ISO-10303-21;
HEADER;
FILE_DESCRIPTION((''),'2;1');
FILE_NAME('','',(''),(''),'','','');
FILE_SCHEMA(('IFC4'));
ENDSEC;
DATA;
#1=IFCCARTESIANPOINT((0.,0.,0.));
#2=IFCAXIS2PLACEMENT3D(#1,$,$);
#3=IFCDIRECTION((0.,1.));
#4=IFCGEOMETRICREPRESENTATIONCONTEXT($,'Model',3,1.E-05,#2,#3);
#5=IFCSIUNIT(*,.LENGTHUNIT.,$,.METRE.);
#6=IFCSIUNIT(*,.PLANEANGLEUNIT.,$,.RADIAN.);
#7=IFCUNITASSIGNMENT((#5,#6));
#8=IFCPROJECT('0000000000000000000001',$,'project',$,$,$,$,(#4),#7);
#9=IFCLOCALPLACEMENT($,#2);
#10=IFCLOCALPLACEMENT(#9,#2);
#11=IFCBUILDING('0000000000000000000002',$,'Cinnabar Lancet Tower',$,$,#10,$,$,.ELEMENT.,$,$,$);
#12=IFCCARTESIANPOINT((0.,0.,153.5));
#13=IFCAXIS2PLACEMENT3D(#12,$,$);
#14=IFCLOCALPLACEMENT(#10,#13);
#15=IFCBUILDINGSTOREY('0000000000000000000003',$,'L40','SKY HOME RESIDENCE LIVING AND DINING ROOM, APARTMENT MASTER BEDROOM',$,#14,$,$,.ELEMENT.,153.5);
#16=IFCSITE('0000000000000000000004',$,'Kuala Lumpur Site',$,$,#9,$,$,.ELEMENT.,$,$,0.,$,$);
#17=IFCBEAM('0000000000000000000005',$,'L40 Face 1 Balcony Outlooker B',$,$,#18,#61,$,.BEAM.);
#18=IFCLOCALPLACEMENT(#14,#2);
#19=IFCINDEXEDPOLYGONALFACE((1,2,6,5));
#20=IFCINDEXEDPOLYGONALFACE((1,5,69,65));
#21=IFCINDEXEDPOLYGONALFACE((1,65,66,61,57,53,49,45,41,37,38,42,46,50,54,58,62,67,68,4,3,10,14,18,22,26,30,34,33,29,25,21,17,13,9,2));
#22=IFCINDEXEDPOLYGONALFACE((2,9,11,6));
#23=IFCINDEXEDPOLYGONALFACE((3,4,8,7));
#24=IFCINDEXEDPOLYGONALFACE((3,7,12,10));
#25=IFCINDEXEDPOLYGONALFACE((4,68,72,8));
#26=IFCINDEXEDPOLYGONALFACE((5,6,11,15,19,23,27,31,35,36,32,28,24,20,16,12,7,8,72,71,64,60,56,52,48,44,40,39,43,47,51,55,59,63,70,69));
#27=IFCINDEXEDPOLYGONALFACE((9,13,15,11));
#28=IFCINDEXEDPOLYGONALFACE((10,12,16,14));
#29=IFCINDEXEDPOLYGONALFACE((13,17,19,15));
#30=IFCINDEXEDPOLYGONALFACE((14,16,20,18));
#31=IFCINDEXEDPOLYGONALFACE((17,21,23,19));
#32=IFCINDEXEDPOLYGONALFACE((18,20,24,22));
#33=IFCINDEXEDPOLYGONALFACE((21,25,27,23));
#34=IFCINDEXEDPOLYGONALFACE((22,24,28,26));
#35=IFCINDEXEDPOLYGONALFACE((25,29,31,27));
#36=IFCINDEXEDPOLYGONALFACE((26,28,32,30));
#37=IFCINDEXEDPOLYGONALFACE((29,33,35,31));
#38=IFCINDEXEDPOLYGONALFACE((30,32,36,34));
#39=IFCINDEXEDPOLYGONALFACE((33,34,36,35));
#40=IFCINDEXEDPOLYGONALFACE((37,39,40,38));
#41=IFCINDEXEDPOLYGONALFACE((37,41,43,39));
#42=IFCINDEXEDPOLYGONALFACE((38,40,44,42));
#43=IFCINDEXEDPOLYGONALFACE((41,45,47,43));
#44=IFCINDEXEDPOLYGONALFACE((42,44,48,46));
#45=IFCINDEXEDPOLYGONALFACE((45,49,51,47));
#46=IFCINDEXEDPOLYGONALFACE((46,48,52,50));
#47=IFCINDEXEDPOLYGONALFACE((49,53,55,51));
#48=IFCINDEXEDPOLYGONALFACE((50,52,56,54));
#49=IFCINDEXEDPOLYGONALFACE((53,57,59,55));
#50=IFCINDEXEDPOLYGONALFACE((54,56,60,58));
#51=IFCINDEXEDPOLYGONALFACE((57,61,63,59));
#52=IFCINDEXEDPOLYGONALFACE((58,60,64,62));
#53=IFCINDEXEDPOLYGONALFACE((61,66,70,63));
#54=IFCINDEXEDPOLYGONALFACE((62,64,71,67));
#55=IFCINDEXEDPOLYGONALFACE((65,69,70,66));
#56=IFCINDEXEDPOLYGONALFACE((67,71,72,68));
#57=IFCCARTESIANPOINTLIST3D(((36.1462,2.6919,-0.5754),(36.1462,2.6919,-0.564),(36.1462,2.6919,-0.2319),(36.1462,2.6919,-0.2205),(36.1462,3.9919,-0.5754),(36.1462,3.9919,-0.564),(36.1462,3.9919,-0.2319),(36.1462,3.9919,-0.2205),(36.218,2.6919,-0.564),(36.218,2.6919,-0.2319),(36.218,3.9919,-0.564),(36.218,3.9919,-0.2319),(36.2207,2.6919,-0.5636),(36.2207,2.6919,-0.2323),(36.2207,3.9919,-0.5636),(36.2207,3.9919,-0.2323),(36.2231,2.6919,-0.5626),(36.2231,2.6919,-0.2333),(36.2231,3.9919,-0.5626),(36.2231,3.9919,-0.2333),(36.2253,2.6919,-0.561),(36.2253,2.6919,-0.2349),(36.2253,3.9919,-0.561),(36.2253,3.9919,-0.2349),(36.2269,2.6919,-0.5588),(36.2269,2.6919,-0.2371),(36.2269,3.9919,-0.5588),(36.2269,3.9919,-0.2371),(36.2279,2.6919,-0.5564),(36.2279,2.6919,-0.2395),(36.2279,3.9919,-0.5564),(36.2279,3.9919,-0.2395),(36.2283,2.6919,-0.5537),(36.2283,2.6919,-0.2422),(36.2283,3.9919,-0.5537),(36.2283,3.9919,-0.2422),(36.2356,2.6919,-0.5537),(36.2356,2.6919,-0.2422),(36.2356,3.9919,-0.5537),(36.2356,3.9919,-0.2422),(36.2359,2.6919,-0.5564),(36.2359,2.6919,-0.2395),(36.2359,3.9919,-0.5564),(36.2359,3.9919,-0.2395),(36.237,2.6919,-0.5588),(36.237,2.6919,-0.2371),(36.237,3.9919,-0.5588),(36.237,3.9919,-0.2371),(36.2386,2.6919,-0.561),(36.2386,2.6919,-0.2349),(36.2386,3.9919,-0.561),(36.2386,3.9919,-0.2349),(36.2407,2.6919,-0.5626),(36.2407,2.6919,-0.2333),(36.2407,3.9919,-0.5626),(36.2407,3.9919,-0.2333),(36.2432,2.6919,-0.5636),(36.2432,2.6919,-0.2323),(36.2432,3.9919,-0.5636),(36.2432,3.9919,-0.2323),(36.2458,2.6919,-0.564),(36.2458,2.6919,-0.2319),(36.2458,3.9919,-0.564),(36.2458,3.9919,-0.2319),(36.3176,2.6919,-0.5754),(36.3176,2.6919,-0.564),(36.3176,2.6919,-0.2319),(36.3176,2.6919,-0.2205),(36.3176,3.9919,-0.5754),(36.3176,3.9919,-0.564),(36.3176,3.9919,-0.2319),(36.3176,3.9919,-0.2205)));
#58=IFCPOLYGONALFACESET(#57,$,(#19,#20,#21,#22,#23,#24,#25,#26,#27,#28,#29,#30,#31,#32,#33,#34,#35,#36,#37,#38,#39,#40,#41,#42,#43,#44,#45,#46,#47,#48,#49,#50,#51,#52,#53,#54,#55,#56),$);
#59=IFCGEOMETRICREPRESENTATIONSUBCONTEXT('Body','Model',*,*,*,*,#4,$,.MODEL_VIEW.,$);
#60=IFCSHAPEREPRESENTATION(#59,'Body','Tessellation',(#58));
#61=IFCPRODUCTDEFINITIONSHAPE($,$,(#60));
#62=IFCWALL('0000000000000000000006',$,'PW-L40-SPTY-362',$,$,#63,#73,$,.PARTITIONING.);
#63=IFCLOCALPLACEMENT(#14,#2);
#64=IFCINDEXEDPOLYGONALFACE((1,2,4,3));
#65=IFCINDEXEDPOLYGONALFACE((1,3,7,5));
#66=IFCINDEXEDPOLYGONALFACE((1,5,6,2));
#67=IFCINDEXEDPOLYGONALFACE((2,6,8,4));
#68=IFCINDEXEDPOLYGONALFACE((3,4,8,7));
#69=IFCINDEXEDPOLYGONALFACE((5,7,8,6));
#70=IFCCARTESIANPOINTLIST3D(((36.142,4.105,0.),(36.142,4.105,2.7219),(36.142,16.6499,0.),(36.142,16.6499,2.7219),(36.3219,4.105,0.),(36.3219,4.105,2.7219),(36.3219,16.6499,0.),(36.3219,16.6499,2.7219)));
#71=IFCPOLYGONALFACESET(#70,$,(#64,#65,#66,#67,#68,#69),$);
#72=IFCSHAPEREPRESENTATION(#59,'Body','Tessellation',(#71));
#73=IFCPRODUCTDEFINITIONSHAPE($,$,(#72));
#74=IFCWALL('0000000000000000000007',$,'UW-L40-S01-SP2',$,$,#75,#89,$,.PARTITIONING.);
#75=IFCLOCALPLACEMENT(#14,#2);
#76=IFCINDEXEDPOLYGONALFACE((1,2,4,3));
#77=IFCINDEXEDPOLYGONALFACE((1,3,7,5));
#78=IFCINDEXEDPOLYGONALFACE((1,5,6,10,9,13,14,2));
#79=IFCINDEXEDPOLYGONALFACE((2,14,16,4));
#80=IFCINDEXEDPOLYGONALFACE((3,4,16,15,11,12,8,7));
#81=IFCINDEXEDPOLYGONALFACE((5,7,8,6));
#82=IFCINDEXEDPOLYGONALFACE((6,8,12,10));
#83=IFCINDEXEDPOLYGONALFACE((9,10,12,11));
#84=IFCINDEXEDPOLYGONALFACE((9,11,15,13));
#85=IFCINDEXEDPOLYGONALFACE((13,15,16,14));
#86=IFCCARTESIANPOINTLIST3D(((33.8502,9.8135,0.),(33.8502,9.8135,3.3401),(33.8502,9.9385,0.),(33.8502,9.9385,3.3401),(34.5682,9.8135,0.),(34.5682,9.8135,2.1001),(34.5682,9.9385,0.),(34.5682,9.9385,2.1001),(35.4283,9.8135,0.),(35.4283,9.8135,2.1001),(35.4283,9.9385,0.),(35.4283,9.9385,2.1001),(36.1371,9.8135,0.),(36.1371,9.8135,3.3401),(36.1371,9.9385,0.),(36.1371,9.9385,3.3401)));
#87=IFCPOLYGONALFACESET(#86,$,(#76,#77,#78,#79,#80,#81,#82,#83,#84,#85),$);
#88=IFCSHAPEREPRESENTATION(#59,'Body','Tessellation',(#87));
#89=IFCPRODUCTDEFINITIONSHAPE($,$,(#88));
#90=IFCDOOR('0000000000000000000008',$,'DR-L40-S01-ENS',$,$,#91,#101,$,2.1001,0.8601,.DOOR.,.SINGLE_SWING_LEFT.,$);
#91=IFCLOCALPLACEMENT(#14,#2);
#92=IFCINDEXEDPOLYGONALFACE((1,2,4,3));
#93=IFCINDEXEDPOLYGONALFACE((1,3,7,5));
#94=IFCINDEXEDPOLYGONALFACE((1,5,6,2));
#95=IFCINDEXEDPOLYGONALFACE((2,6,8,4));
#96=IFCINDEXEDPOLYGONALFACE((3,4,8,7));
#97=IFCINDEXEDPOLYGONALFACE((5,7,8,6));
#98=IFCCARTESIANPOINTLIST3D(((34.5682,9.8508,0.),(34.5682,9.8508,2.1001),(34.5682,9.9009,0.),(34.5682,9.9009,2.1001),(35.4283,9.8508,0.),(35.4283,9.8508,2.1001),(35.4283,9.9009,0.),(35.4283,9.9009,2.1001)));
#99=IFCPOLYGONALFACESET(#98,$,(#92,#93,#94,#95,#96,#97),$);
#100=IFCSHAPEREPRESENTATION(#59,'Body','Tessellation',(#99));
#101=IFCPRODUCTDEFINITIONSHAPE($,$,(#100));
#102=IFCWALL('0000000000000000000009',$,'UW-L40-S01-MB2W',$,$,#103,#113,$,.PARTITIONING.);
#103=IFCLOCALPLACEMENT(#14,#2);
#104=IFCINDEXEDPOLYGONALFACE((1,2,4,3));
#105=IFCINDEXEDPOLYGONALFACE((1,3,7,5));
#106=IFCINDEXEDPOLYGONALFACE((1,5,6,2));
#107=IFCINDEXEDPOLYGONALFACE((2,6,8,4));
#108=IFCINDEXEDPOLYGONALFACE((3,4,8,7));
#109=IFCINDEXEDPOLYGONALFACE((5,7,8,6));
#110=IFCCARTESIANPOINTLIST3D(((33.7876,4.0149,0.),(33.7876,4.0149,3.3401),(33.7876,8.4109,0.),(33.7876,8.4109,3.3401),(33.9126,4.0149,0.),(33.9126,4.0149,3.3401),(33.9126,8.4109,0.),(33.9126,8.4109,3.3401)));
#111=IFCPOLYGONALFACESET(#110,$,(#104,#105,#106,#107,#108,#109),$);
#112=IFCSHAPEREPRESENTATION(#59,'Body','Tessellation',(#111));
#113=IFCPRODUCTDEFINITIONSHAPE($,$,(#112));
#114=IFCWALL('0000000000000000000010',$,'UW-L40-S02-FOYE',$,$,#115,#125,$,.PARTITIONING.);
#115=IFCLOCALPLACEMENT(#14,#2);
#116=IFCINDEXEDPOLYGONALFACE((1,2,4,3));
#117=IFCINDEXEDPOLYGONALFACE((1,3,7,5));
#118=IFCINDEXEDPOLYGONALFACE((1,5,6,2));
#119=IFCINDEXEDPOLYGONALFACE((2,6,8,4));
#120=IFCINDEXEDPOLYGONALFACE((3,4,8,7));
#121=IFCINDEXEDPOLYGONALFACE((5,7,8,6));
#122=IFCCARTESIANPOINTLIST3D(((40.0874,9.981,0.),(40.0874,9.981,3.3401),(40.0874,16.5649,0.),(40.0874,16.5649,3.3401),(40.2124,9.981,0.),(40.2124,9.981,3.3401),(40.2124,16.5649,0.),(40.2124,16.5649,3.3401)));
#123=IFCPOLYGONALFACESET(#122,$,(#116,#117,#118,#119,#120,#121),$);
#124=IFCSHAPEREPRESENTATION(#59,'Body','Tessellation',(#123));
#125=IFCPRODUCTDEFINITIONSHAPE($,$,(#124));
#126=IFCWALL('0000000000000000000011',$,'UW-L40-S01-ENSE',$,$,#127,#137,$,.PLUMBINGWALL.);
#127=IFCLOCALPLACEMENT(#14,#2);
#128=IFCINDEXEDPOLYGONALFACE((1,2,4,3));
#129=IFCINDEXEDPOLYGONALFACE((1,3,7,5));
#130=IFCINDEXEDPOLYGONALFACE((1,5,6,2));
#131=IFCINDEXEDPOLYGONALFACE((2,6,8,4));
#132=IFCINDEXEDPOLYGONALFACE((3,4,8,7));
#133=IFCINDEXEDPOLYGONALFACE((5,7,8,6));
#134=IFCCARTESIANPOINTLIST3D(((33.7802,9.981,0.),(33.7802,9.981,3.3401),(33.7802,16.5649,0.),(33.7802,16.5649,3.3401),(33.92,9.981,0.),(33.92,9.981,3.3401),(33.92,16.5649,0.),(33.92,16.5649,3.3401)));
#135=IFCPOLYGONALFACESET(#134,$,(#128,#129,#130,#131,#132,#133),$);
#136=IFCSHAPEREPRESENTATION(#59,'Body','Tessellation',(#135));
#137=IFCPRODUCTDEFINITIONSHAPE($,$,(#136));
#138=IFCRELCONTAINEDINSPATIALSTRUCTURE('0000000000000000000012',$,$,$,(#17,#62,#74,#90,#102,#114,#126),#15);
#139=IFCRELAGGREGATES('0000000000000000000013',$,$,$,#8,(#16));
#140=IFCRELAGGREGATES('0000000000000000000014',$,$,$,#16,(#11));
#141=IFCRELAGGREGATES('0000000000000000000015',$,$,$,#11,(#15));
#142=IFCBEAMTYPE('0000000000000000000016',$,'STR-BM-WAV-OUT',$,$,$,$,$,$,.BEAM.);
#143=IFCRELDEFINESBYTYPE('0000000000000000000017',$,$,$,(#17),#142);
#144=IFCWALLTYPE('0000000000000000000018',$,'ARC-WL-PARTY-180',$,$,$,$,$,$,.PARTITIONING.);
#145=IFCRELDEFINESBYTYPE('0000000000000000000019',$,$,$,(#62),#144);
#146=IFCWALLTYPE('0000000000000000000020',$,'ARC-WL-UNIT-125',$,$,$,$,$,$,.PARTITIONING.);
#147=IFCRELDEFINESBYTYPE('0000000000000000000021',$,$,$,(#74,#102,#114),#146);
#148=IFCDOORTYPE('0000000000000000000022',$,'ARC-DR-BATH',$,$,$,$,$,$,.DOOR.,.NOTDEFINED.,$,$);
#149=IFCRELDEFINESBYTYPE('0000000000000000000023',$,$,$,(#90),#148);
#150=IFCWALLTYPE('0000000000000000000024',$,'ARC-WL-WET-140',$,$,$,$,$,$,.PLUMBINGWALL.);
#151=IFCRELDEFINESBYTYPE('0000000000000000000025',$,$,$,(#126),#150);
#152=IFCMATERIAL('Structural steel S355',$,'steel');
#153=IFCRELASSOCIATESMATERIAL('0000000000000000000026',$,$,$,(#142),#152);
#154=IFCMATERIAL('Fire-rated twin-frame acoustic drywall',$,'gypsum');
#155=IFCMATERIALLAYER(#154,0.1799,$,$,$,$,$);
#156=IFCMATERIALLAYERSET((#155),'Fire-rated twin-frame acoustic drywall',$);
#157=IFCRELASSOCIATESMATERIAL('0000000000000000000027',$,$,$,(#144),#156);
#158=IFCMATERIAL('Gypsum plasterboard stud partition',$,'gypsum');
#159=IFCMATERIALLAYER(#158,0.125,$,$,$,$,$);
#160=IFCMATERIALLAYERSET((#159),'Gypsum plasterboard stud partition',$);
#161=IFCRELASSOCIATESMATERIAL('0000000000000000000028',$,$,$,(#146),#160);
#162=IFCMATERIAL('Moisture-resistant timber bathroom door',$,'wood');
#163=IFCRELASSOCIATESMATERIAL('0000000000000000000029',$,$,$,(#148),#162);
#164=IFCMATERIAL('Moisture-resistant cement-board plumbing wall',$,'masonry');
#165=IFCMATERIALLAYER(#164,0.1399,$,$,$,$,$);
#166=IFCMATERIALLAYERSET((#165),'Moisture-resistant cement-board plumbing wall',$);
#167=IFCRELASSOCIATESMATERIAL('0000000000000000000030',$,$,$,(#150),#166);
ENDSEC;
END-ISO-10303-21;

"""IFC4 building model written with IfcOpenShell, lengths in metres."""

from ifc_helpers import new_model, si_unit, direction, frame, frame_2d, origin, origin_2d, place, context, subcontext, project, spatial, rectangle, i_section, extrude, material, layer, layer_set, material_profile, profile_set, type_object, element, fill, save


model = new_model("IFC4")

# Units and contexts
model_context = context("Model", 3, precision=1e-05, world=origin(), true_north=direction((0.0, 1.0)))
body_context = subcontext(model_context, "Body", "Model", "MODEL_VIEW")
ifc_project = project(units=[si_unit("LENGTHUNIT", "METRE"), si_unit("PLANEANGLEUNIT", "RADIAN")], contexts=[model_context])

# Site, building, storey
site_placement = place(None, origin())
site = spatial("IfcSite", under=ifc_project, at=site_placement, Name="Kuala Lumpur Site", CompositionType="ELEMENT", RefElevation=0.0)
building_placement = place(site_placement, origin())
building = spatial("IfcBuilding", under=site, at=building_placement, Name="Cinnabar Lancet Tower", CompositionType="ELEMENT")
storey_placement = place(building_placement, frame((0.0, 0.0, 153.5)))
storey = spatial("IfcBuildingStorey", under=building, at=storey_placement, Name="L40", Description="SKY HOME RESIDENCE LIVING AND DINING ROOM, APARTMENT MASTER BEDROOM", CompositionType="ELEMENT", Elevation=153.5)

# Beam
ifc_material_1 = material(Name="Structural steel S355", Category="steel")
ifc_material_profile_1 = material_profile(ifc_material_1, i_section(OverallWidth=0.1714, OverallDepth=0.355, WebThickness=0.0073, FlangeThickness=0.0115, FilletRadius=0.0103, at=origin_2d()), Name="UKB 356x171x51")
ifc_profile_set_1 = profile_set([ifc_material_profile_1], Name="Structural steel S355")
beam_type_1 = type_object("IfcBeamType", Name="STR-BM-WAV-OUT", PredefinedType="BEAM", material=ifc_profile_set_1)
beam_1_placement = place(storey_placement, frame((36.2319, 3.9919, -0.3979), z_axis=(0.0, -1.0, 0.0), x_axis=(1.0, 0.0, 0.0)))
element("IfcBeam", 1, at=beam_1_placement, inside=storey, type_object=beam_type_1, Name="L40 Face 1 Balcony Outlooker B", PredefinedType="BEAM", context=body_context, shape_type="SweptSolid", body=[
    extrude(i_section(OverallWidth=0.1714, OverallDepth=0.355, WebThickness=0.0073, FlangeThickness=0.0115, FilletRadius=0.0103, at=origin_2d()), origin(), (0.0, 0.0, 1.0), 1.3),
])

# Wall
ifc_material_2 = material(Name="Fire-rated twin-frame acoustic drywall", Category="gypsum")
ifc_layer_1 = layer(ifc_material_2, 0.1799)
ifc_layer_set_1 = layer_set([ifc_layer_1], Name="Fire-rated twin-frame acoustic drywall")
wall_type_1 = type_object("IfcWallType", Name="ARC-WL-PARTY-180", PredefinedType="PARTITIONING", material=ifc_layer_set_1)
wall_1_placement = place(storey_placement, frame((36.2319, 4.105, 0.0), z_axis=(0.0, 0.0, 1.0), x_axis=(0.0, 1.0, 0.0)))
element("IfcWall", 2, at=wall_1_placement, inside=storey, type_object=wall_type_1, Name="PW-L40-SPTY-362", PredefinedType="PARTITIONING", context=body_context, shape_type="SweptSolid", body=[
    extrude(rectangle(XDim=12.5449, YDim=0.1799, at=frame_2d((6.2725, 0.0))), origin(), (0.0, 0.0, 1.0), 2.7219),
])

# Wall, opening, door
ifc_material_3 = material(Name="Gypsum plasterboard stud partition", Category="gypsum")
ifc_layer_2 = layer(ifc_material_3, 0.125)
ifc_layer_set_2 = layer_set([ifc_layer_2], Name="Gypsum plasterboard stud partition")
wall_type_2 = type_object("IfcWallType", Name="ARC-WL-UNIT-125", PredefinedType="PARTITIONING", material=ifc_layer_set_2)
wall_2_placement = place(storey_placement, frame((33.8501, 9.876, 0.0), z_axis=(0.0, 0.0, 1.0), x_axis=(1.0, 0.0, 0.0)))
wall_2 = element("IfcWall", 3, at=wall_2_placement, inside=storey, type_object=wall_type_2, Name="UW-L40-S01-SP2", PredefinedType="PARTITIONING", context=body_context, shape_type="SweptSolid", body=[
    extrude(rectangle(XDim=2.2869, YDim=0.125, at=frame_2d((1.1436, 0.0))), origin(), (0.0, 0.0, 1.0), 3.3401),
])
opening_1_placement = place(wall_2_placement, frame((0.718, 0.0, 0.0)))
opening_1 = element("IfcOpeningElement", 4, at=opening_1_placement, cuts=wall_2, PredefinedType="OPENING", context=body_context, shape_type="SweptSolid", body=[
    extrude(rectangle(XDim=0.8601, YDim=2.1001, at=frame_2d((0.4302, 1.05))), frame((0.0, 0.0725, 0.0), z_axis=(0.0, -1.0, 0.0), x_axis=(1.0, 0.0, 0.0)), (0.0, 0.0, 1.0), 0.145),
])
ifc_material_4 = material(Name="Moisture-resistant timber bathroom door", Category="wood")
door_type_1 = type_object("IfcDoorType", Name="ARC-DR-BATH", OperationType="NOTDEFINED", PredefinedType="DOOR", material=ifc_material_4)
door_1_placement = place(opening_1_placement, origin())
door_1 = element("IfcDoor", 5, at=door_1_placement, inside=storey, type_object=door_type_1, Name="DR-L40-S01-ENS", OperationType="SINGLE_SWING_LEFT", OverallHeight=2.1001, OverallWidth=0.8601, PredefinedType="DOOR", context=body_context, shape_type="SweptSolid", body=[
    extrude(rectangle(XDim=0.8601, YDim=2.1001, at=frame_2d((0.4302, 1.05))), frame((0.0, 0.0249, 0.0), z_axis=(0.0, -1.0, 0.0), x_axis=(1.0, 0.0, 0.0)), (0.0, 0.0, 1.0), 0.05),
])
fill(opening_1, door_1)

# Walls
wall_3_placement = place(storey_placement, frame((33.8501, 4.0149, 0.0), z_axis=(0.0, 0.0, 1.0), x_axis=(0.0, 1.0, 0.0)))
element("IfcWall", 6, at=wall_3_placement, inside=storey, type_object=wall_type_2, Name="UW-L40-S01-MB2W", PredefinedType="PARTITIONING", context=body_context, shape_type="SweptSolid", body=[
    extrude(rectangle(XDim=4.396, YDim=0.125, at=frame_2d((2.198, 0.0))), origin(), (0.0, 0.0, 1.0), 3.3401),
])
wall_4_placement = place(storey_placement, frame((40.1499, 9.981, 0.0), z_axis=(0.0, 0.0, 1.0), x_axis=(0.0, 1.0, 0.0)))
element("IfcWall", 7, at=wall_4_placement, inside=storey, type_object=wall_type_2, Name="UW-L40-S02-FOYE", PredefinedType="PARTITIONING", context=body_context, shape_type="SweptSolid", body=[
    extrude(rectangle(XDim=6.584, YDim=0.125, at=frame_2d((3.292, 0.0))), origin(), (0.0, 0.0, 1.0), 3.3401),
])
ifc_material_5 = material(Name="Moisture-resistant cement-board plumbing wall", Category="masonry")
ifc_layer_3 = layer(ifc_material_5, 0.1399)
ifc_layer_set_3 = layer_set([ifc_layer_3], Name="Moisture-resistant cement-board plumbing wall")
wall_type_3 = type_object("IfcWallType", Name="ARC-WL-WET-140", PredefinedType="PLUMBINGWALL", material=ifc_layer_set_3)
wall_5_placement = place(storey_placement, frame((33.8501, 9.981, 0.0), z_axis=(0.0, 0.0, 1.0), x_axis=(0.0, 1.0, 0.0)))
element("IfcWall", 8, at=wall_5_placement, inside=storey, type_object=wall_type_3, Name="UW-L40-S01-ENSE", PredefinedType="PLUMBINGWALL", context=body_context, shape_type="SweptSolid", body=[
    extrude(rectangle(XDim=6.584, YDim=0.1399, at=frame_2d((3.292, 0.0))), origin(), (0.0, 0.0, 1.0), 3.3401),
])

save(model, "model.ifc")
